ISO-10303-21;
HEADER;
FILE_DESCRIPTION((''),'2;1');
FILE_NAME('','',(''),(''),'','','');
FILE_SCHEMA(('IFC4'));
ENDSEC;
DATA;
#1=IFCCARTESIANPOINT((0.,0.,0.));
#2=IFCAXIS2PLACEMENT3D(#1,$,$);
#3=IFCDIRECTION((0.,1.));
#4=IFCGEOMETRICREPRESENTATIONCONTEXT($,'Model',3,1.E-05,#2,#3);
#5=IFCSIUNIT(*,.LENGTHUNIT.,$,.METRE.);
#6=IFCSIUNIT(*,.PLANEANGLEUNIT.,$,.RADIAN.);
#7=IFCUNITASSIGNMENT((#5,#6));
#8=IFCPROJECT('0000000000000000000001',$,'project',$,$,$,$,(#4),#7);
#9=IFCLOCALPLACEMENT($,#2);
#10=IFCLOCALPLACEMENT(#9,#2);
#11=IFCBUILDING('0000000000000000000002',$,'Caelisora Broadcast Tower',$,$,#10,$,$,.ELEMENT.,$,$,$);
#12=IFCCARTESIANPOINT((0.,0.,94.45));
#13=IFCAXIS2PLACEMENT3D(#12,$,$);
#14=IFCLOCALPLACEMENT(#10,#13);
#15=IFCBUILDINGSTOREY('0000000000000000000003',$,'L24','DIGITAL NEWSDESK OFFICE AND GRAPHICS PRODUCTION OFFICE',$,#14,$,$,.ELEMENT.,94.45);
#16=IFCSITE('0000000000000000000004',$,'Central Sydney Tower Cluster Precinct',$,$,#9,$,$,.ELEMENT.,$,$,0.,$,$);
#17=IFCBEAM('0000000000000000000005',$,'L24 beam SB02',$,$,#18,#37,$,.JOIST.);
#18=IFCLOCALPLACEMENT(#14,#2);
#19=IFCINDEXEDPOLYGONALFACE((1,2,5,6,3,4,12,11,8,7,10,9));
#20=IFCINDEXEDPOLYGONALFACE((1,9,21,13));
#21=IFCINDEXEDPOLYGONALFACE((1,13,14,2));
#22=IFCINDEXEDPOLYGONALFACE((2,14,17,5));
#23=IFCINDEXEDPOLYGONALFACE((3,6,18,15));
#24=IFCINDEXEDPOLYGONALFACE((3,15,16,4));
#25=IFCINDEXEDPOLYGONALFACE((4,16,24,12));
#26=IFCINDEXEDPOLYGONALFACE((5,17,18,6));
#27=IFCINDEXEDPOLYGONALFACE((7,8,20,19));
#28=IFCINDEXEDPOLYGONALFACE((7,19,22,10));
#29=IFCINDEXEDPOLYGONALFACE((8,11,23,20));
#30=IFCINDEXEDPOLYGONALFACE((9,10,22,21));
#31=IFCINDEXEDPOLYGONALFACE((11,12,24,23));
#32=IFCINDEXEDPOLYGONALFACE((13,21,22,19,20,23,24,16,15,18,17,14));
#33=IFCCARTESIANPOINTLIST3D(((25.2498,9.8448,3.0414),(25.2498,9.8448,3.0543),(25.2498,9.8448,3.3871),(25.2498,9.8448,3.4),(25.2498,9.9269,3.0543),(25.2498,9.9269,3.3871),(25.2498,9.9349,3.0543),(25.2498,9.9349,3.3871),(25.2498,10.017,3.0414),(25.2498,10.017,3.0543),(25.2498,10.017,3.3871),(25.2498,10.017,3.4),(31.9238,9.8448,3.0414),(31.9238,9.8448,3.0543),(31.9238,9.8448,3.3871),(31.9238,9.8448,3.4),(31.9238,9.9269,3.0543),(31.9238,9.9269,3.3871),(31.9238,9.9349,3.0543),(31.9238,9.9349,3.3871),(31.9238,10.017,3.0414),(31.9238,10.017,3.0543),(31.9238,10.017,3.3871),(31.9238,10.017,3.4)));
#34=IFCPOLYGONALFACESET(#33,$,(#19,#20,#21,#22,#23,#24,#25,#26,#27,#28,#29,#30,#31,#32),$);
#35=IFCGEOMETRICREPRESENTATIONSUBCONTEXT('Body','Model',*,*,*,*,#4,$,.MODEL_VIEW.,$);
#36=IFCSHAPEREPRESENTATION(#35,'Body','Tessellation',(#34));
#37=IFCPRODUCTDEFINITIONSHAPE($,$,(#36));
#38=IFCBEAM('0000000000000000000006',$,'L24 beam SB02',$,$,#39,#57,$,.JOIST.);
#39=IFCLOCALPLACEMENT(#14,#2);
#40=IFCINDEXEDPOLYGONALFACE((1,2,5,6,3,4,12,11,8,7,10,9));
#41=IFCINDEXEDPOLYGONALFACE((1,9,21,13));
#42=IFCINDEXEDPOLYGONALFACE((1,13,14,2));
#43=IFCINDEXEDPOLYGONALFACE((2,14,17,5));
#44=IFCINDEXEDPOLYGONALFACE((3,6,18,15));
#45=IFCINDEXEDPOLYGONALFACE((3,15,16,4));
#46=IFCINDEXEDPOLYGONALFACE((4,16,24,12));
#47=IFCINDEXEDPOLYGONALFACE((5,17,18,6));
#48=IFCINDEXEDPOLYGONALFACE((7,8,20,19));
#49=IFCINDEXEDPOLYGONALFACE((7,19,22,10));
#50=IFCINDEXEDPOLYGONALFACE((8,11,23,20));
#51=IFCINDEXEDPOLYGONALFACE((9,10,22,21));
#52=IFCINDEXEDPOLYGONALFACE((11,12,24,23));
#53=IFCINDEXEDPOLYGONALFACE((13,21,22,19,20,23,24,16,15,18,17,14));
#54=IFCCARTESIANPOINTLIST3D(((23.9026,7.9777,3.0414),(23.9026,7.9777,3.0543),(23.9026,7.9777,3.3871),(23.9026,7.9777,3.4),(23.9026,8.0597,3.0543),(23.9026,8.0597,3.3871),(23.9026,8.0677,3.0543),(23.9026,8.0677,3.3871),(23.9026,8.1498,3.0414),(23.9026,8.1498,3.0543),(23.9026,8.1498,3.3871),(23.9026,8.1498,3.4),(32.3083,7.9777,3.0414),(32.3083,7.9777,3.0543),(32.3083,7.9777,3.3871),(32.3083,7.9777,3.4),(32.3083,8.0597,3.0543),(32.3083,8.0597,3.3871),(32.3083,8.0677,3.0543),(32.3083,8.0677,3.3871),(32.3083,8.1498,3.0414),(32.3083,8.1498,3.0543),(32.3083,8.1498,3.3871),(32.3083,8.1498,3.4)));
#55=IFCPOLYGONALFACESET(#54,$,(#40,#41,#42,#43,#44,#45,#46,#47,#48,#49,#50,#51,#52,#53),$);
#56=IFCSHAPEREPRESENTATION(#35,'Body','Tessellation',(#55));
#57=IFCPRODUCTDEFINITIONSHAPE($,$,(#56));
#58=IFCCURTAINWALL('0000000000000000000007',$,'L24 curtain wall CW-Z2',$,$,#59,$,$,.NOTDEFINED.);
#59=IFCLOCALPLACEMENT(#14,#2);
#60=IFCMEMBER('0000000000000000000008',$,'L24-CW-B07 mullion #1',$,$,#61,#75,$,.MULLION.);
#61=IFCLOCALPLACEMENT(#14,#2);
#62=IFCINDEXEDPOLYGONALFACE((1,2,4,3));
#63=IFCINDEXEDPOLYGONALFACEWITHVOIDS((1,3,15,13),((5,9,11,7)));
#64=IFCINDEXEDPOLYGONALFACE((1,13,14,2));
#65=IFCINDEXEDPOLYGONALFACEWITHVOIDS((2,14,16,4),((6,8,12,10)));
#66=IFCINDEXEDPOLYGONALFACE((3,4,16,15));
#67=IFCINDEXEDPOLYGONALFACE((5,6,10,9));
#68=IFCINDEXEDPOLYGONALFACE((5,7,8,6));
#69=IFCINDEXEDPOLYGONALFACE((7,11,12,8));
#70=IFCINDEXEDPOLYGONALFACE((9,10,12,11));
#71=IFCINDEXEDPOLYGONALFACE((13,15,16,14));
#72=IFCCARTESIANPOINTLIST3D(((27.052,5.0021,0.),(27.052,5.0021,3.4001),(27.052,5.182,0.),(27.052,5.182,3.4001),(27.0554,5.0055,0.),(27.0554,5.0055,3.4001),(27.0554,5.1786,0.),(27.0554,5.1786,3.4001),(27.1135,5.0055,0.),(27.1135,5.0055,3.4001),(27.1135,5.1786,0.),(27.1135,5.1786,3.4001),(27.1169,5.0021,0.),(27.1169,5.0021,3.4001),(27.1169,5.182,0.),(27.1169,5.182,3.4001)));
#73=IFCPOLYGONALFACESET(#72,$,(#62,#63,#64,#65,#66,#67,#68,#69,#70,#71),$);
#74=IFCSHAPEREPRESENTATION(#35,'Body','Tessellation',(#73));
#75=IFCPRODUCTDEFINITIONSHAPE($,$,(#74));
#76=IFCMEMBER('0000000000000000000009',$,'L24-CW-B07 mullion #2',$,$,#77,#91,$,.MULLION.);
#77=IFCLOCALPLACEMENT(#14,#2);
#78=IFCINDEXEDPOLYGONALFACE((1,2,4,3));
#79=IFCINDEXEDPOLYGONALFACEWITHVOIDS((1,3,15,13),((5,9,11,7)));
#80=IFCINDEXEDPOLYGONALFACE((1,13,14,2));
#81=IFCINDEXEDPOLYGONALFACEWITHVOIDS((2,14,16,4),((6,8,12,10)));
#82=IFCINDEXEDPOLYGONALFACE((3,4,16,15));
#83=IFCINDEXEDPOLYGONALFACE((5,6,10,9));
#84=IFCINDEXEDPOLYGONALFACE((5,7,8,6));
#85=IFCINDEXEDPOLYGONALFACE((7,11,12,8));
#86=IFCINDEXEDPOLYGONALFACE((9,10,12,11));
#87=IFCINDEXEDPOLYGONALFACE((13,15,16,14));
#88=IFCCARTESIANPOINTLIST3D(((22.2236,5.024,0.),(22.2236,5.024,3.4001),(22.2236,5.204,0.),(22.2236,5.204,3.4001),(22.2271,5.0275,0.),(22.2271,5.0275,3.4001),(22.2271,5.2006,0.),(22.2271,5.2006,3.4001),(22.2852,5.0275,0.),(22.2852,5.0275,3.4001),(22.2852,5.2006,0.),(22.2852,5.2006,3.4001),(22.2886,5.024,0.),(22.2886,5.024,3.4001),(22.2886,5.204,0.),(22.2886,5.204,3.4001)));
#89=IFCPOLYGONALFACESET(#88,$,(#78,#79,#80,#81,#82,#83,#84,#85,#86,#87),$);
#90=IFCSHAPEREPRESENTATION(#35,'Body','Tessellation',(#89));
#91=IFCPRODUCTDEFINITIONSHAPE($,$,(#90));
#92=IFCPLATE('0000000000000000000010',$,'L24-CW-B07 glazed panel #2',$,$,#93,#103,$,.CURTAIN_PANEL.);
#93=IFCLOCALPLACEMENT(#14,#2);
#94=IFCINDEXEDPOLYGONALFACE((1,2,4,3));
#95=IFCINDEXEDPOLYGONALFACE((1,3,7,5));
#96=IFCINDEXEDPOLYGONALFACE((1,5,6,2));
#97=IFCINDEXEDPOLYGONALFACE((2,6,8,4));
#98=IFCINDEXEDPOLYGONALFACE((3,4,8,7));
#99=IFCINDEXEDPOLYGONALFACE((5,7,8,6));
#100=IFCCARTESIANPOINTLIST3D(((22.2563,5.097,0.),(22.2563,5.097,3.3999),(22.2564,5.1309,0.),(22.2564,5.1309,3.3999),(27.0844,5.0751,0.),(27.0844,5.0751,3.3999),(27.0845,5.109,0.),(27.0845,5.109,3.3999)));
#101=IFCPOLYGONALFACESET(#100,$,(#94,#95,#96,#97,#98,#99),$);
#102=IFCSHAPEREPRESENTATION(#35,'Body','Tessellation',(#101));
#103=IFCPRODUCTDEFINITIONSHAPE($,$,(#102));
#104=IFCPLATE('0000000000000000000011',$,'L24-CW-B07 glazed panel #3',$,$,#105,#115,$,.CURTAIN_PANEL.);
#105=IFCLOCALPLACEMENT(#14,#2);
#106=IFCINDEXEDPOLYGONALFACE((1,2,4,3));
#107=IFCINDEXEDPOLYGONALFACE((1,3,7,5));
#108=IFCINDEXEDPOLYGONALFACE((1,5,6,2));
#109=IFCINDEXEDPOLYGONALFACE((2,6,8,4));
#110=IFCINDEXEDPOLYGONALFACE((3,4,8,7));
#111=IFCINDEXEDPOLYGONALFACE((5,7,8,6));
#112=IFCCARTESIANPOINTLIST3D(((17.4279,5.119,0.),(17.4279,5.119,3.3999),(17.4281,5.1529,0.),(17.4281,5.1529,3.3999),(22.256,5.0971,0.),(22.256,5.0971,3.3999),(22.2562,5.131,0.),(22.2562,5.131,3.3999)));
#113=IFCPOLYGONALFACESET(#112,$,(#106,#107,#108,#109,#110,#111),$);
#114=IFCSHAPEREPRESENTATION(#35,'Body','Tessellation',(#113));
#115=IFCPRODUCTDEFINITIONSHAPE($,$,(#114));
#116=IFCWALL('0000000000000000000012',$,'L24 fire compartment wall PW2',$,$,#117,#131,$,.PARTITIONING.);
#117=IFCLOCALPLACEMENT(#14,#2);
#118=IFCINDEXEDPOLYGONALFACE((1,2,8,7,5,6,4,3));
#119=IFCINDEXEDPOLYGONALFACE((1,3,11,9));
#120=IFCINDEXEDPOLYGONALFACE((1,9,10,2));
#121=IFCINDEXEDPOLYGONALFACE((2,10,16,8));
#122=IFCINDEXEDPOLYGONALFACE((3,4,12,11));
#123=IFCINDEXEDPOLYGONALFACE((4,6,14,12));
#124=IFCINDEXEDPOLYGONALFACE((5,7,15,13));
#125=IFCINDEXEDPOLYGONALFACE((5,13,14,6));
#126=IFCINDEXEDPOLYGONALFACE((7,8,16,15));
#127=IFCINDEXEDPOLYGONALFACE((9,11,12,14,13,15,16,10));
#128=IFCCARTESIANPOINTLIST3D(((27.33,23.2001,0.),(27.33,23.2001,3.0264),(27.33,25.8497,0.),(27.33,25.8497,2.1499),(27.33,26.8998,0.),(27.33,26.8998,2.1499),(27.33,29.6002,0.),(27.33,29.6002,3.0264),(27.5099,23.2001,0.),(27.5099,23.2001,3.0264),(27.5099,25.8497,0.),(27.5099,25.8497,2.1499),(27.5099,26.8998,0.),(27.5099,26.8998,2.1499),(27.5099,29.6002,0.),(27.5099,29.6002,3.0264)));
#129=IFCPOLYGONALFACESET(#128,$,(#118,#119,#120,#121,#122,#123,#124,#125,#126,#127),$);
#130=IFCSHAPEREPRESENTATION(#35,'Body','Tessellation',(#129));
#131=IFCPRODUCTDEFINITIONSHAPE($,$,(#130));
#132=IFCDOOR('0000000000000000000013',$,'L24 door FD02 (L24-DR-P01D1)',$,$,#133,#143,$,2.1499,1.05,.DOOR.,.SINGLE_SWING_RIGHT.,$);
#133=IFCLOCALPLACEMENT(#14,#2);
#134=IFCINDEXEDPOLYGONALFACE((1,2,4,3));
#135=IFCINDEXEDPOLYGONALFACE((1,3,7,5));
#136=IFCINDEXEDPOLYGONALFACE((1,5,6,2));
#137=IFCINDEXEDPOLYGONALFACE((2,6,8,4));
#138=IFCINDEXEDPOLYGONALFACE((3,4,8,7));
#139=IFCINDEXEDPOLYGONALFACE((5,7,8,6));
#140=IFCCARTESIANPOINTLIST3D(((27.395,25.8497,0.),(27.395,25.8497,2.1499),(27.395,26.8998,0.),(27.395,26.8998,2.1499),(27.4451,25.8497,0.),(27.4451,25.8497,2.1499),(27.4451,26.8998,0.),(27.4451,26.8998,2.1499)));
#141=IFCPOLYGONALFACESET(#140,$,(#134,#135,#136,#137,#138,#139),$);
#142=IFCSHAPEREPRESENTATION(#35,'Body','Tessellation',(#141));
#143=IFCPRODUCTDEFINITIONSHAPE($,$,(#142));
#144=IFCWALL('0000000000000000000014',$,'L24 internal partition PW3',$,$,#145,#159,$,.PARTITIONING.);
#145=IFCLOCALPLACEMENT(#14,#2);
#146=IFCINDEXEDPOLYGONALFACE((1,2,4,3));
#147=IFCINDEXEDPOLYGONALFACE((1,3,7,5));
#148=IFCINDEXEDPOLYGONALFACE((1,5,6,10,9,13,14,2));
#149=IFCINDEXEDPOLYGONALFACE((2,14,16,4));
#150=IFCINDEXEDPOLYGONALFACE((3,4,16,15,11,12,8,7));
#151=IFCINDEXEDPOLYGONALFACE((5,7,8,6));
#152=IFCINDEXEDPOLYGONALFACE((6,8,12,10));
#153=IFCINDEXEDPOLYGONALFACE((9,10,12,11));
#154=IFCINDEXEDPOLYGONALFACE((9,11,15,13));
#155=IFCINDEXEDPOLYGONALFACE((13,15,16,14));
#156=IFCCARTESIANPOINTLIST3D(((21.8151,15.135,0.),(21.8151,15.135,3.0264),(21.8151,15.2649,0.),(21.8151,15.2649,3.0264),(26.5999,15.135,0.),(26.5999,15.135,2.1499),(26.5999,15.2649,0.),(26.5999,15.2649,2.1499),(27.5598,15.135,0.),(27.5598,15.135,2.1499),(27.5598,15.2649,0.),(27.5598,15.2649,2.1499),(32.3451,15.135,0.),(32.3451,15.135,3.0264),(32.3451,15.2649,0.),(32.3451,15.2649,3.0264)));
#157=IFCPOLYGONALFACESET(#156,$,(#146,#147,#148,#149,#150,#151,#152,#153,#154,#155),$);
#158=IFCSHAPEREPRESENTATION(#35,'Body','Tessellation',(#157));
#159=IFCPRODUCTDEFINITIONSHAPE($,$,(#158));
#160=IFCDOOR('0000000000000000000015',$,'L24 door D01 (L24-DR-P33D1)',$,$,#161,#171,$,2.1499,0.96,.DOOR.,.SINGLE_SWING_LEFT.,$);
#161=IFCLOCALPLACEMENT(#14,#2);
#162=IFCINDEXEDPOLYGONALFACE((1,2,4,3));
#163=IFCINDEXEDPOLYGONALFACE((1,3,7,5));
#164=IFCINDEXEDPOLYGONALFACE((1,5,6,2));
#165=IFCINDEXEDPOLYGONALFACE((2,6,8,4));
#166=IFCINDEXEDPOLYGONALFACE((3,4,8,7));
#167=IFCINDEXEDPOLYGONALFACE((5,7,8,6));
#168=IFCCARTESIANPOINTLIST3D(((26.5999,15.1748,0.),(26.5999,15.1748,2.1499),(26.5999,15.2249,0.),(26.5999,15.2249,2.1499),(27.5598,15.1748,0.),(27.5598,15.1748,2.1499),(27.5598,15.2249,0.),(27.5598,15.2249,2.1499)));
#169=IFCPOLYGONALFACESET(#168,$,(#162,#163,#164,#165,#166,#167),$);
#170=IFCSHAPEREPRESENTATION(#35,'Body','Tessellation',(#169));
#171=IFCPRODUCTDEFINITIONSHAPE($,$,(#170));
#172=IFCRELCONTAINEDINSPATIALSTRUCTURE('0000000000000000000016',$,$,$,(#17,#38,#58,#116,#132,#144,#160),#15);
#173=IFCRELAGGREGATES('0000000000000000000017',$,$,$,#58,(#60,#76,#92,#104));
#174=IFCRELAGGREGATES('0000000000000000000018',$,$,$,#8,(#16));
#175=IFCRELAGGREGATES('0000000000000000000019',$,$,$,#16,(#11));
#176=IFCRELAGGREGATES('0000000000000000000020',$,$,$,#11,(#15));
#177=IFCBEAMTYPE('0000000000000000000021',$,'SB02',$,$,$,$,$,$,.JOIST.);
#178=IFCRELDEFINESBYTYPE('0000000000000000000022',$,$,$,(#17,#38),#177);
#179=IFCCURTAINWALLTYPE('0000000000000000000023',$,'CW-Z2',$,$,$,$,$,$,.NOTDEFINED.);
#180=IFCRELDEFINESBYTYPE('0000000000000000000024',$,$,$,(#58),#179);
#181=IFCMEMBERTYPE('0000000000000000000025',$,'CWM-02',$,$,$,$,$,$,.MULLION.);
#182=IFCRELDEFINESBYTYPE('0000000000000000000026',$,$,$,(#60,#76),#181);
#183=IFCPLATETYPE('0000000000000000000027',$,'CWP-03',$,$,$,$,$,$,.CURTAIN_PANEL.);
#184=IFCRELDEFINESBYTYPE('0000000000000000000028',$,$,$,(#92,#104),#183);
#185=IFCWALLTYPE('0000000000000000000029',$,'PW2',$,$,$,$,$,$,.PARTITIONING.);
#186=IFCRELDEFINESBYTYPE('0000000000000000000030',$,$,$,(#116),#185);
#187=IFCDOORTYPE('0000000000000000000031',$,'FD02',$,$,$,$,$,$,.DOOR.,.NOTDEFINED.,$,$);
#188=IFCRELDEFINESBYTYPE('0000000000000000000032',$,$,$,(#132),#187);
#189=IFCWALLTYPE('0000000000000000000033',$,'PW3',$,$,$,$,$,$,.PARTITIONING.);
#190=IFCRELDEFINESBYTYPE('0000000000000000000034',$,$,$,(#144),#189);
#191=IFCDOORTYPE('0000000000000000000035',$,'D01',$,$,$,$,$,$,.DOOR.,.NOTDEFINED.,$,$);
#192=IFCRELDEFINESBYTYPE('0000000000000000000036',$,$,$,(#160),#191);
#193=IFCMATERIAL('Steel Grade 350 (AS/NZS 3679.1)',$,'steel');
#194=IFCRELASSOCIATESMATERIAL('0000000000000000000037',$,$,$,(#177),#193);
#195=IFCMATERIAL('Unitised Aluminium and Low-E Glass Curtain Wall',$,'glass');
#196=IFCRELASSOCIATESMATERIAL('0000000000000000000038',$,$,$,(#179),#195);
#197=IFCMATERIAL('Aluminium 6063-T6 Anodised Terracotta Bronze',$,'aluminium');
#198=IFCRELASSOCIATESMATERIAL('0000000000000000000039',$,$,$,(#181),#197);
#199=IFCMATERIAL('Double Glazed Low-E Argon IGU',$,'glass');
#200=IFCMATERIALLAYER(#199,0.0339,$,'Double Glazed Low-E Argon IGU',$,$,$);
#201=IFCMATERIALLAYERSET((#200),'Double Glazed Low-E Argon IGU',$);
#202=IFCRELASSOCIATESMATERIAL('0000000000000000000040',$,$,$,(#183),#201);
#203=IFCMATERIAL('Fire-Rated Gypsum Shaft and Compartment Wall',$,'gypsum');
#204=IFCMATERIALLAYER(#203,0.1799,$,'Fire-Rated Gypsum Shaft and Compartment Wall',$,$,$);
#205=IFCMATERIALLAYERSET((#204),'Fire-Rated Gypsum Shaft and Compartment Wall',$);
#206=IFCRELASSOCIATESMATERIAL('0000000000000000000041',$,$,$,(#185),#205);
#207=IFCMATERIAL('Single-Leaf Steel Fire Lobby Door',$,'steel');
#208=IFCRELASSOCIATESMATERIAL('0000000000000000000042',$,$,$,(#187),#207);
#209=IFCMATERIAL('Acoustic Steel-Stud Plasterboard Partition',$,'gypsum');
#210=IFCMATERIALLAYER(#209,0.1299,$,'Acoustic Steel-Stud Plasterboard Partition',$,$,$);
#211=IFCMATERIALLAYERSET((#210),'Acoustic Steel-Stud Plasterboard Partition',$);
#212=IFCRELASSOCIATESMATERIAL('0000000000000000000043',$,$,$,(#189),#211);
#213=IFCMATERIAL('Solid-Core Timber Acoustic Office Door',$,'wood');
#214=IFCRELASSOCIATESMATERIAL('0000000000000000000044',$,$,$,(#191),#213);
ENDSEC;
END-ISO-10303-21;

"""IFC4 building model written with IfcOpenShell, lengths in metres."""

from ifc_helpers import new_model, si_unit, direction, frame, frame_2d, origin, origin_2d, place, context, subcontext, project, spatial, rectangle, hollow_rectangle, i_section, extrude, source, transform, mapped, material, layer, layer_set, material_profile, profile_set, type_object, type_shapes, element, fill, aggregate, save


model = new_model("IFC4")

# Units and contexts
model_context = context("Model", 3, precision=1e-05, world=origin(), true_north=direction((0.0, 1.0)))
body_context = subcontext(model_context, "Body", "Model", "MODEL_VIEW")
ifc_project = project(units=[si_unit("LENGTHUNIT", "METRE"), si_unit("PLANEANGLEUNIT", "RADIAN")], contexts=[model_context])

# Site, building, storey
site_placement = place(None, origin())
site = spatial("IfcSite", under=ifc_project, at=site_placement, Name="Central Sydney Tower Cluster Precinct", CompositionType="ELEMENT", RefElevation=0.0)
building_placement = place(site_placement, origin())
building = spatial("IfcBuilding", under=site, at=building_placement, Name="Caelisora Broadcast Tower", CompositionType="ELEMENT")
storey_placement = place(building_placement, frame((0.0, 0.0, 94.45)))
storey = spatial("IfcBuildingStorey", under=building, at=storey_placement, Name="L24", Description="DIGITAL NEWSDESK OFFICE AND GRAPHICS PRODUCTION OFFICE", CompositionType="ELEMENT", Elevation=94.45)

# Beams
ifc_material_1 = material(Name="Steel Grade 350 (AS/NZS 3679.1)", Category="steel")
ifc_material_profile_1 = material_profile(ifc_material_1, i_section(OverallWidth=0.1721, OverallDepth=0.3586, WebThickness=0.0081, FlangeThickness=0.0129, at=origin_2d()), Name="Steel Grade 350 (AS/NZS 3679.1)")
ifc_profile_set_1 = profile_set([ifc_material_profile_1], Name="Steel Grade 350 (AS/NZS 3679.1)")
beam_type_1 = type_object("IfcBeamType", Name="SB02", PredefinedType="JOIST", material=ifc_profile_set_1)
shared_shape_1 = source(origin(), body_context, "Body", "SweptSolid", [
    extrude(i_section(OverallWidth=0.1721, OverallDepth=0.3586, WebThickness=0.0081, FlangeThickness=0.0129, at=origin_2d()), origin(), (0.0, 0.0, 1.0), 6.6741),
])
beam_1_placement = place(storey_placement, frame((25.2498, 9.9309, 3.2207), z_axis=(1.0, 0.0, 0.0), x_axis=(0.0, 1.0, 0.0)))
element("IfcBeam", 1, at=beam_1_placement, inside=storey, type_object=beam_type_1, Name="L24 beam SB02", PredefinedType="JOIST", context=body_context, shape_type="MappedRepresentation", body=[
    mapped(shared_shape_1, transform((0.0, 0.0, 0.0), scale=1.0)),
])
shared_shape_2 = source(origin(), body_context, "Body", "SweptSolid", [
    extrude(i_section(OverallWidth=0.1721, OverallDepth=0.3586, WebThickness=0.0081, FlangeThickness=0.0129, at=origin_2d()), origin(), (0.0, 0.0, 1.0), 8.4058),
])
beam_2_placement = place(storey_placement, frame((23.9026, 8.0637, 3.2207), z_axis=(1.0, 0.0, 0.0), x_axis=(0.0, 1.0, 0.0)))
element("IfcBeam", 2, at=beam_2_placement, inside=storey, type_object=beam_type_1, Name="L24 beam SB02", PredefinedType="JOIST", context=body_context, shape_type="MappedRepresentation", body=[
    mapped(shared_shape_2, transform((0.0, 0.0, 0.0), scale=1.0)),
])

# Curtain wall, members, plates
ifc_material_2 = material(Name="Unitised Aluminium and Low-E Glass Curtain Wall", Category="glass")
curtain_wall_type = type_object("IfcCurtainWallType", Name="CW-Z2", PredefinedType="NOTDEFINED", material=ifc_material_2)
curtain_wall_placement = place(storey_placement, origin())
curtain_wall = element("IfcCurtainWall", 3, at=curtain_wall_placement, inside=storey, type_object=curtain_wall_type, Name="L24 curtain wall CW-Z2", PredefinedType="NOTDEFINED")
ifc_material_3 = material(Name="Aluminium 6063-T6 Anodised Terracotta Bronze", Category="aluminium")
ifc_material_profile_2 = material_profile(ifc_material_3, hollow_rectangle(XDim=0.0649, YDim=0.1799, WallThickness=0.0034, at=origin_2d()), Name="Aluminium 6063-T6 Anodised Terracotta Bronze")
ifc_profile_set_2 = profile_set([ifc_material_profile_2], Name="Aluminium 6063-T6 Anodised Terracotta Bronze")
member_type = type_object("IfcMemberType", Name="CWM-02", PredefinedType="MULLION", material=ifc_profile_set_2)
shared_shape_3 = source(origin(), body_context, "Body", "SweptSolid", [
    extrude(hollow_rectangle(XDim=0.0649, YDim=0.1799, WallThickness=0.0034, at=origin_2d()), origin(), (0.0, 0.0, 1.0), 3.4001),
])
type_shapes(member_type, [shared_shape_3])
member_1_placement = place(storey_placement, frame((27.0845, 5.092, 0.0), z_axis=(0.0, 0.0, 1.0), x_axis=(1.0, 0.0, 0.0)))
member_1 = element("IfcMember", 4, at=member_1_placement, type_object=member_type, Name="L24-CW-B07 mullion #1", PredefinedType="MULLION", context=body_context, shape_type="MappedRepresentation", body=[
    mapped(shared_shape_3, transform((0.0, 0.0, 0.0), scale=1.0)),
])
member_2_placement = place(storey_placement, frame((22.2561, 5.114, 0.0), z_axis=(0.0, 0.0, 1.0), x_axis=(1.0, 0.0, 0.0)))
member_2 = element("IfcMember", 5, at=member_2_placement, type_object=member_type, Name="L24-CW-B07 mullion #2", PredefinedType="MULLION", context=body_context, shape_type="MappedRepresentation", body=[
    mapped(shared_shape_3, transform((0.0, 0.0, 0.0), scale=1.0)),
])
ifc_material_4 = material(Name="Double Glazed Low-E Argon IGU", Category="glass")
ifc_layer_1 = layer(ifc_material_4, 0.0339, Name="Double Glazed Low-E Argon IGU")
ifc_layer_set_1 = layer_set([ifc_layer_1], Name="Double Glazed Low-E Argon IGU")
plate_type = type_object("IfcPlateType", Name="CWP-03", PredefinedType="CURTAIN_PANEL", material=ifc_layer_set_1)
shared_shape_4 = source(origin(), body_context, "Body", "SweptSolid", [
    extrude(rectangle(XDim=4.8281, YDim=0.0339, at=origin_2d()), origin(), (0.0, 0.0, 1.0), 3.3999),
])
type_shapes(plate_type, [shared_shape_4])
plate_1_placement = place(storey_placement, frame((24.6704, 5.103, 0.0), z_axis=(0.0, 0.0, 1.0), x_axis=(-0.99999, 0.004538, 0.0)))
plate_1 = element("IfcPlate", 6, at=plate_1_placement, type_object=plate_type, Name="L24-CW-B07 glazed panel #2", PredefinedType="CURTAIN_PANEL", context=body_context, shape_type="MappedRepresentation", body=[
    mapped(shared_shape_4, transform((0.0, 0.0, 0.0), scale=1.0)),
])
plate_2_placement = place(storey_placement, frame((19.842, 5.125, 0.0), z_axis=(0.0, 0.0, 1.0), x_axis=(-0.99999, 0.004538, 0.0)))
plate_2 = element("IfcPlate", 7, at=plate_2_placement, type_object=plate_type, Name="L24-CW-B07 glazed panel #3", PredefinedType="CURTAIN_PANEL", context=body_context, shape_type="MappedRepresentation", body=[
    mapped(shared_shape_4, transform((0.0, 0.0, 0.0), scale=1.0)),
])
aggregate(curtain_wall, [member_1, member_2, plate_1, plate_2])

# Walls, openings, doors
ifc_material_5 = material(Name="Fire-Rated Gypsum Shaft and Compartment Wall", Category="gypsum")
ifc_layer_2 = layer(ifc_material_5, 0.1799, Name="Fire-Rated Gypsum Shaft and Compartment Wall")
ifc_layer_set_2 = layer_set([ifc_layer_2], Name="Fire-Rated Gypsum Shaft and Compartment Wall")
wall_type_1 = type_object("IfcWallType", Name="PW2", PredefinedType="PARTITIONING", material=ifc_layer_set_2)
wall_1_placement = place(storey_placement, frame((27.4199, 23.2, 0.0), z_axis=(0.0, 0.0, 1.0), x_axis=(0.0, 1.0, 0.0)))
wall_1 = element("IfcWall", 8, at=wall_1_placement, inside=storey, type_object=wall_type_1, Name="L24 fire compartment wall PW2", PredefinedType="PARTITIONING", context=body_context, shape_type="SweptSolid", body=[
    extrude(rectangle(XDim=6.4001, YDim=0.1799, at=frame_2d((3.2002, 0.0))), origin(), (0.0, 0.0, 1.0), 3.0264),
])
opening_1_placement = place(wall_1_placement, frame((2.6499, 0.0, 0.0)))
opening_1 = element("IfcOpeningElement", 9, at=opening_1_placement, cuts=wall_1, PredefinedType="OPENING", context=body_context, shape_type="SweptSolid", body=[
    extrude(rectangle(XDim=1.05, YDim=2.1499, at=frame_2d((0.5249, 1.075))), frame((0.0, 0.1021, 0.0), z_axis=(0.0, -1.0, 0.0), x_axis=(1.0, 0.0, 0.0)), (0.0, 0.0, 1.0), 0.2039),
])
ifc_material_6 = material(Name="Single-Leaf Steel Fire Lobby Door", Category="steel")
door_type_1 = type_object("IfcDoorType", Name="FD02", OperationType="NOTDEFINED", PredefinedType="DOOR", material=ifc_material_6)
door_1_placement = place(opening_1_placement, origin())
door_1 = element("IfcDoor", 10, at=door_1_placement, inside=storey, type_object=door_type_1, Name="L24 door FD02 (L24-DR-P01D1)", OperationType="SINGLE_SWING_RIGHT", OverallHeight=2.1499, OverallWidth=1.05, PredefinedType="DOOR", context=body_context, shape_type="SweptSolid", body=[
    extrude(rectangle(XDim=1.05, YDim=2.1499, at=frame_2d((0.5249, 1.075))), frame((0.0, 0.0249, 0.0), z_axis=(0.0, -1.0, 0.0), x_axis=(1.0, 0.0, 0.0)), (0.0, 0.0, 1.0), 0.05),
])
fill(opening_1, door_1)
ifc_material_7 = material(Name="Acoustic Steel-Stud Plasterboard Partition", Category="gypsum")
ifc_layer_3 = layer(ifc_material_7, 0.1299, Name="Acoustic Steel-Stud Plasterboard Partition")
ifc_layer_set_3 = layer_set([ifc_layer_3], Name="Acoustic Steel-Stud Plasterboard Partition")
wall_type_2 = type_object("IfcWallType", Name="PW3", PredefinedType="PARTITIONING", material=ifc_layer_set_3)
wall_2_placement = place(storey_placement, frame((21.8149, 15.2, 0.0), z_axis=(0.0, 0.0, 1.0), x_axis=(1.0, 0.0, 0.0)))
wall_2 = element("IfcWall", 11, at=wall_2_placement, inside=storey, type_object=wall_type_2, Name="L24 internal partition PW3", PredefinedType="PARTITIONING", context=body_context, shape_type="SweptSolid", body=[
    extrude(rectangle(XDim=10.53, YDim=0.1299, at=frame_2d((5.2651, 0.0))), origin(), (0.0, 0.0, 1.0), 3.0264),
])
opening_2_placement = place(wall_2_placement, frame((4.7849, 0.0, 0.0)))
opening_2 = element("IfcOpeningElement", 12, at=opening_2_placement, cuts=wall_2, PredefinedType="OPENING", context=body_context, shape_type="SweptSolid", body=[
    extrude(rectangle(XDim=0.96, YDim=2.1499, at=frame_2d((0.48, 1.075))), frame((0.0, 0.0769, 0.0), z_axis=(0.0, -1.0, 0.0), x_axis=(1.0, 0.0, 0.0)), (0.0, 0.0, 1.0), 0.1538),
])
ifc_material_8 = material(Name="Solid-Core Timber Acoustic Office Door", Category="wood")
door_type_2 = type_object("IfcDoorType", Name="D01", OperationType="NOTDEFINED", PredefinedType="DOOR", material=ifc_material_8)
door_2_placement = place(opening_2_placement, origin())
door_2 = element("IfcDoor", 13, at=door_2_placement, inside=storey, type_object=door_type_2, Name="L24 door D01 (L24-DR-P33D1)", OperationType="SINGLE_SWING_LEFT", OverallHeight=2.1499, OverallWidth=0.96, PredefinedType="DOOR", context=body_context, shape_type="SweptSolid", body=[
    extrude(rectangle(XDim=0.96, YDim=2.1499, at=frame_2d((0.48, 1.075))), frame((0.0, 0.0249, 0.0), z_axis=(0.0, -1.0, 0.0), x_axis=(1.0, 0.0, 0.0)), (0.0, 0.0, 1.0), 0.05),
])
fill(opening_2, door_2)

save(model, "model.ifc")
